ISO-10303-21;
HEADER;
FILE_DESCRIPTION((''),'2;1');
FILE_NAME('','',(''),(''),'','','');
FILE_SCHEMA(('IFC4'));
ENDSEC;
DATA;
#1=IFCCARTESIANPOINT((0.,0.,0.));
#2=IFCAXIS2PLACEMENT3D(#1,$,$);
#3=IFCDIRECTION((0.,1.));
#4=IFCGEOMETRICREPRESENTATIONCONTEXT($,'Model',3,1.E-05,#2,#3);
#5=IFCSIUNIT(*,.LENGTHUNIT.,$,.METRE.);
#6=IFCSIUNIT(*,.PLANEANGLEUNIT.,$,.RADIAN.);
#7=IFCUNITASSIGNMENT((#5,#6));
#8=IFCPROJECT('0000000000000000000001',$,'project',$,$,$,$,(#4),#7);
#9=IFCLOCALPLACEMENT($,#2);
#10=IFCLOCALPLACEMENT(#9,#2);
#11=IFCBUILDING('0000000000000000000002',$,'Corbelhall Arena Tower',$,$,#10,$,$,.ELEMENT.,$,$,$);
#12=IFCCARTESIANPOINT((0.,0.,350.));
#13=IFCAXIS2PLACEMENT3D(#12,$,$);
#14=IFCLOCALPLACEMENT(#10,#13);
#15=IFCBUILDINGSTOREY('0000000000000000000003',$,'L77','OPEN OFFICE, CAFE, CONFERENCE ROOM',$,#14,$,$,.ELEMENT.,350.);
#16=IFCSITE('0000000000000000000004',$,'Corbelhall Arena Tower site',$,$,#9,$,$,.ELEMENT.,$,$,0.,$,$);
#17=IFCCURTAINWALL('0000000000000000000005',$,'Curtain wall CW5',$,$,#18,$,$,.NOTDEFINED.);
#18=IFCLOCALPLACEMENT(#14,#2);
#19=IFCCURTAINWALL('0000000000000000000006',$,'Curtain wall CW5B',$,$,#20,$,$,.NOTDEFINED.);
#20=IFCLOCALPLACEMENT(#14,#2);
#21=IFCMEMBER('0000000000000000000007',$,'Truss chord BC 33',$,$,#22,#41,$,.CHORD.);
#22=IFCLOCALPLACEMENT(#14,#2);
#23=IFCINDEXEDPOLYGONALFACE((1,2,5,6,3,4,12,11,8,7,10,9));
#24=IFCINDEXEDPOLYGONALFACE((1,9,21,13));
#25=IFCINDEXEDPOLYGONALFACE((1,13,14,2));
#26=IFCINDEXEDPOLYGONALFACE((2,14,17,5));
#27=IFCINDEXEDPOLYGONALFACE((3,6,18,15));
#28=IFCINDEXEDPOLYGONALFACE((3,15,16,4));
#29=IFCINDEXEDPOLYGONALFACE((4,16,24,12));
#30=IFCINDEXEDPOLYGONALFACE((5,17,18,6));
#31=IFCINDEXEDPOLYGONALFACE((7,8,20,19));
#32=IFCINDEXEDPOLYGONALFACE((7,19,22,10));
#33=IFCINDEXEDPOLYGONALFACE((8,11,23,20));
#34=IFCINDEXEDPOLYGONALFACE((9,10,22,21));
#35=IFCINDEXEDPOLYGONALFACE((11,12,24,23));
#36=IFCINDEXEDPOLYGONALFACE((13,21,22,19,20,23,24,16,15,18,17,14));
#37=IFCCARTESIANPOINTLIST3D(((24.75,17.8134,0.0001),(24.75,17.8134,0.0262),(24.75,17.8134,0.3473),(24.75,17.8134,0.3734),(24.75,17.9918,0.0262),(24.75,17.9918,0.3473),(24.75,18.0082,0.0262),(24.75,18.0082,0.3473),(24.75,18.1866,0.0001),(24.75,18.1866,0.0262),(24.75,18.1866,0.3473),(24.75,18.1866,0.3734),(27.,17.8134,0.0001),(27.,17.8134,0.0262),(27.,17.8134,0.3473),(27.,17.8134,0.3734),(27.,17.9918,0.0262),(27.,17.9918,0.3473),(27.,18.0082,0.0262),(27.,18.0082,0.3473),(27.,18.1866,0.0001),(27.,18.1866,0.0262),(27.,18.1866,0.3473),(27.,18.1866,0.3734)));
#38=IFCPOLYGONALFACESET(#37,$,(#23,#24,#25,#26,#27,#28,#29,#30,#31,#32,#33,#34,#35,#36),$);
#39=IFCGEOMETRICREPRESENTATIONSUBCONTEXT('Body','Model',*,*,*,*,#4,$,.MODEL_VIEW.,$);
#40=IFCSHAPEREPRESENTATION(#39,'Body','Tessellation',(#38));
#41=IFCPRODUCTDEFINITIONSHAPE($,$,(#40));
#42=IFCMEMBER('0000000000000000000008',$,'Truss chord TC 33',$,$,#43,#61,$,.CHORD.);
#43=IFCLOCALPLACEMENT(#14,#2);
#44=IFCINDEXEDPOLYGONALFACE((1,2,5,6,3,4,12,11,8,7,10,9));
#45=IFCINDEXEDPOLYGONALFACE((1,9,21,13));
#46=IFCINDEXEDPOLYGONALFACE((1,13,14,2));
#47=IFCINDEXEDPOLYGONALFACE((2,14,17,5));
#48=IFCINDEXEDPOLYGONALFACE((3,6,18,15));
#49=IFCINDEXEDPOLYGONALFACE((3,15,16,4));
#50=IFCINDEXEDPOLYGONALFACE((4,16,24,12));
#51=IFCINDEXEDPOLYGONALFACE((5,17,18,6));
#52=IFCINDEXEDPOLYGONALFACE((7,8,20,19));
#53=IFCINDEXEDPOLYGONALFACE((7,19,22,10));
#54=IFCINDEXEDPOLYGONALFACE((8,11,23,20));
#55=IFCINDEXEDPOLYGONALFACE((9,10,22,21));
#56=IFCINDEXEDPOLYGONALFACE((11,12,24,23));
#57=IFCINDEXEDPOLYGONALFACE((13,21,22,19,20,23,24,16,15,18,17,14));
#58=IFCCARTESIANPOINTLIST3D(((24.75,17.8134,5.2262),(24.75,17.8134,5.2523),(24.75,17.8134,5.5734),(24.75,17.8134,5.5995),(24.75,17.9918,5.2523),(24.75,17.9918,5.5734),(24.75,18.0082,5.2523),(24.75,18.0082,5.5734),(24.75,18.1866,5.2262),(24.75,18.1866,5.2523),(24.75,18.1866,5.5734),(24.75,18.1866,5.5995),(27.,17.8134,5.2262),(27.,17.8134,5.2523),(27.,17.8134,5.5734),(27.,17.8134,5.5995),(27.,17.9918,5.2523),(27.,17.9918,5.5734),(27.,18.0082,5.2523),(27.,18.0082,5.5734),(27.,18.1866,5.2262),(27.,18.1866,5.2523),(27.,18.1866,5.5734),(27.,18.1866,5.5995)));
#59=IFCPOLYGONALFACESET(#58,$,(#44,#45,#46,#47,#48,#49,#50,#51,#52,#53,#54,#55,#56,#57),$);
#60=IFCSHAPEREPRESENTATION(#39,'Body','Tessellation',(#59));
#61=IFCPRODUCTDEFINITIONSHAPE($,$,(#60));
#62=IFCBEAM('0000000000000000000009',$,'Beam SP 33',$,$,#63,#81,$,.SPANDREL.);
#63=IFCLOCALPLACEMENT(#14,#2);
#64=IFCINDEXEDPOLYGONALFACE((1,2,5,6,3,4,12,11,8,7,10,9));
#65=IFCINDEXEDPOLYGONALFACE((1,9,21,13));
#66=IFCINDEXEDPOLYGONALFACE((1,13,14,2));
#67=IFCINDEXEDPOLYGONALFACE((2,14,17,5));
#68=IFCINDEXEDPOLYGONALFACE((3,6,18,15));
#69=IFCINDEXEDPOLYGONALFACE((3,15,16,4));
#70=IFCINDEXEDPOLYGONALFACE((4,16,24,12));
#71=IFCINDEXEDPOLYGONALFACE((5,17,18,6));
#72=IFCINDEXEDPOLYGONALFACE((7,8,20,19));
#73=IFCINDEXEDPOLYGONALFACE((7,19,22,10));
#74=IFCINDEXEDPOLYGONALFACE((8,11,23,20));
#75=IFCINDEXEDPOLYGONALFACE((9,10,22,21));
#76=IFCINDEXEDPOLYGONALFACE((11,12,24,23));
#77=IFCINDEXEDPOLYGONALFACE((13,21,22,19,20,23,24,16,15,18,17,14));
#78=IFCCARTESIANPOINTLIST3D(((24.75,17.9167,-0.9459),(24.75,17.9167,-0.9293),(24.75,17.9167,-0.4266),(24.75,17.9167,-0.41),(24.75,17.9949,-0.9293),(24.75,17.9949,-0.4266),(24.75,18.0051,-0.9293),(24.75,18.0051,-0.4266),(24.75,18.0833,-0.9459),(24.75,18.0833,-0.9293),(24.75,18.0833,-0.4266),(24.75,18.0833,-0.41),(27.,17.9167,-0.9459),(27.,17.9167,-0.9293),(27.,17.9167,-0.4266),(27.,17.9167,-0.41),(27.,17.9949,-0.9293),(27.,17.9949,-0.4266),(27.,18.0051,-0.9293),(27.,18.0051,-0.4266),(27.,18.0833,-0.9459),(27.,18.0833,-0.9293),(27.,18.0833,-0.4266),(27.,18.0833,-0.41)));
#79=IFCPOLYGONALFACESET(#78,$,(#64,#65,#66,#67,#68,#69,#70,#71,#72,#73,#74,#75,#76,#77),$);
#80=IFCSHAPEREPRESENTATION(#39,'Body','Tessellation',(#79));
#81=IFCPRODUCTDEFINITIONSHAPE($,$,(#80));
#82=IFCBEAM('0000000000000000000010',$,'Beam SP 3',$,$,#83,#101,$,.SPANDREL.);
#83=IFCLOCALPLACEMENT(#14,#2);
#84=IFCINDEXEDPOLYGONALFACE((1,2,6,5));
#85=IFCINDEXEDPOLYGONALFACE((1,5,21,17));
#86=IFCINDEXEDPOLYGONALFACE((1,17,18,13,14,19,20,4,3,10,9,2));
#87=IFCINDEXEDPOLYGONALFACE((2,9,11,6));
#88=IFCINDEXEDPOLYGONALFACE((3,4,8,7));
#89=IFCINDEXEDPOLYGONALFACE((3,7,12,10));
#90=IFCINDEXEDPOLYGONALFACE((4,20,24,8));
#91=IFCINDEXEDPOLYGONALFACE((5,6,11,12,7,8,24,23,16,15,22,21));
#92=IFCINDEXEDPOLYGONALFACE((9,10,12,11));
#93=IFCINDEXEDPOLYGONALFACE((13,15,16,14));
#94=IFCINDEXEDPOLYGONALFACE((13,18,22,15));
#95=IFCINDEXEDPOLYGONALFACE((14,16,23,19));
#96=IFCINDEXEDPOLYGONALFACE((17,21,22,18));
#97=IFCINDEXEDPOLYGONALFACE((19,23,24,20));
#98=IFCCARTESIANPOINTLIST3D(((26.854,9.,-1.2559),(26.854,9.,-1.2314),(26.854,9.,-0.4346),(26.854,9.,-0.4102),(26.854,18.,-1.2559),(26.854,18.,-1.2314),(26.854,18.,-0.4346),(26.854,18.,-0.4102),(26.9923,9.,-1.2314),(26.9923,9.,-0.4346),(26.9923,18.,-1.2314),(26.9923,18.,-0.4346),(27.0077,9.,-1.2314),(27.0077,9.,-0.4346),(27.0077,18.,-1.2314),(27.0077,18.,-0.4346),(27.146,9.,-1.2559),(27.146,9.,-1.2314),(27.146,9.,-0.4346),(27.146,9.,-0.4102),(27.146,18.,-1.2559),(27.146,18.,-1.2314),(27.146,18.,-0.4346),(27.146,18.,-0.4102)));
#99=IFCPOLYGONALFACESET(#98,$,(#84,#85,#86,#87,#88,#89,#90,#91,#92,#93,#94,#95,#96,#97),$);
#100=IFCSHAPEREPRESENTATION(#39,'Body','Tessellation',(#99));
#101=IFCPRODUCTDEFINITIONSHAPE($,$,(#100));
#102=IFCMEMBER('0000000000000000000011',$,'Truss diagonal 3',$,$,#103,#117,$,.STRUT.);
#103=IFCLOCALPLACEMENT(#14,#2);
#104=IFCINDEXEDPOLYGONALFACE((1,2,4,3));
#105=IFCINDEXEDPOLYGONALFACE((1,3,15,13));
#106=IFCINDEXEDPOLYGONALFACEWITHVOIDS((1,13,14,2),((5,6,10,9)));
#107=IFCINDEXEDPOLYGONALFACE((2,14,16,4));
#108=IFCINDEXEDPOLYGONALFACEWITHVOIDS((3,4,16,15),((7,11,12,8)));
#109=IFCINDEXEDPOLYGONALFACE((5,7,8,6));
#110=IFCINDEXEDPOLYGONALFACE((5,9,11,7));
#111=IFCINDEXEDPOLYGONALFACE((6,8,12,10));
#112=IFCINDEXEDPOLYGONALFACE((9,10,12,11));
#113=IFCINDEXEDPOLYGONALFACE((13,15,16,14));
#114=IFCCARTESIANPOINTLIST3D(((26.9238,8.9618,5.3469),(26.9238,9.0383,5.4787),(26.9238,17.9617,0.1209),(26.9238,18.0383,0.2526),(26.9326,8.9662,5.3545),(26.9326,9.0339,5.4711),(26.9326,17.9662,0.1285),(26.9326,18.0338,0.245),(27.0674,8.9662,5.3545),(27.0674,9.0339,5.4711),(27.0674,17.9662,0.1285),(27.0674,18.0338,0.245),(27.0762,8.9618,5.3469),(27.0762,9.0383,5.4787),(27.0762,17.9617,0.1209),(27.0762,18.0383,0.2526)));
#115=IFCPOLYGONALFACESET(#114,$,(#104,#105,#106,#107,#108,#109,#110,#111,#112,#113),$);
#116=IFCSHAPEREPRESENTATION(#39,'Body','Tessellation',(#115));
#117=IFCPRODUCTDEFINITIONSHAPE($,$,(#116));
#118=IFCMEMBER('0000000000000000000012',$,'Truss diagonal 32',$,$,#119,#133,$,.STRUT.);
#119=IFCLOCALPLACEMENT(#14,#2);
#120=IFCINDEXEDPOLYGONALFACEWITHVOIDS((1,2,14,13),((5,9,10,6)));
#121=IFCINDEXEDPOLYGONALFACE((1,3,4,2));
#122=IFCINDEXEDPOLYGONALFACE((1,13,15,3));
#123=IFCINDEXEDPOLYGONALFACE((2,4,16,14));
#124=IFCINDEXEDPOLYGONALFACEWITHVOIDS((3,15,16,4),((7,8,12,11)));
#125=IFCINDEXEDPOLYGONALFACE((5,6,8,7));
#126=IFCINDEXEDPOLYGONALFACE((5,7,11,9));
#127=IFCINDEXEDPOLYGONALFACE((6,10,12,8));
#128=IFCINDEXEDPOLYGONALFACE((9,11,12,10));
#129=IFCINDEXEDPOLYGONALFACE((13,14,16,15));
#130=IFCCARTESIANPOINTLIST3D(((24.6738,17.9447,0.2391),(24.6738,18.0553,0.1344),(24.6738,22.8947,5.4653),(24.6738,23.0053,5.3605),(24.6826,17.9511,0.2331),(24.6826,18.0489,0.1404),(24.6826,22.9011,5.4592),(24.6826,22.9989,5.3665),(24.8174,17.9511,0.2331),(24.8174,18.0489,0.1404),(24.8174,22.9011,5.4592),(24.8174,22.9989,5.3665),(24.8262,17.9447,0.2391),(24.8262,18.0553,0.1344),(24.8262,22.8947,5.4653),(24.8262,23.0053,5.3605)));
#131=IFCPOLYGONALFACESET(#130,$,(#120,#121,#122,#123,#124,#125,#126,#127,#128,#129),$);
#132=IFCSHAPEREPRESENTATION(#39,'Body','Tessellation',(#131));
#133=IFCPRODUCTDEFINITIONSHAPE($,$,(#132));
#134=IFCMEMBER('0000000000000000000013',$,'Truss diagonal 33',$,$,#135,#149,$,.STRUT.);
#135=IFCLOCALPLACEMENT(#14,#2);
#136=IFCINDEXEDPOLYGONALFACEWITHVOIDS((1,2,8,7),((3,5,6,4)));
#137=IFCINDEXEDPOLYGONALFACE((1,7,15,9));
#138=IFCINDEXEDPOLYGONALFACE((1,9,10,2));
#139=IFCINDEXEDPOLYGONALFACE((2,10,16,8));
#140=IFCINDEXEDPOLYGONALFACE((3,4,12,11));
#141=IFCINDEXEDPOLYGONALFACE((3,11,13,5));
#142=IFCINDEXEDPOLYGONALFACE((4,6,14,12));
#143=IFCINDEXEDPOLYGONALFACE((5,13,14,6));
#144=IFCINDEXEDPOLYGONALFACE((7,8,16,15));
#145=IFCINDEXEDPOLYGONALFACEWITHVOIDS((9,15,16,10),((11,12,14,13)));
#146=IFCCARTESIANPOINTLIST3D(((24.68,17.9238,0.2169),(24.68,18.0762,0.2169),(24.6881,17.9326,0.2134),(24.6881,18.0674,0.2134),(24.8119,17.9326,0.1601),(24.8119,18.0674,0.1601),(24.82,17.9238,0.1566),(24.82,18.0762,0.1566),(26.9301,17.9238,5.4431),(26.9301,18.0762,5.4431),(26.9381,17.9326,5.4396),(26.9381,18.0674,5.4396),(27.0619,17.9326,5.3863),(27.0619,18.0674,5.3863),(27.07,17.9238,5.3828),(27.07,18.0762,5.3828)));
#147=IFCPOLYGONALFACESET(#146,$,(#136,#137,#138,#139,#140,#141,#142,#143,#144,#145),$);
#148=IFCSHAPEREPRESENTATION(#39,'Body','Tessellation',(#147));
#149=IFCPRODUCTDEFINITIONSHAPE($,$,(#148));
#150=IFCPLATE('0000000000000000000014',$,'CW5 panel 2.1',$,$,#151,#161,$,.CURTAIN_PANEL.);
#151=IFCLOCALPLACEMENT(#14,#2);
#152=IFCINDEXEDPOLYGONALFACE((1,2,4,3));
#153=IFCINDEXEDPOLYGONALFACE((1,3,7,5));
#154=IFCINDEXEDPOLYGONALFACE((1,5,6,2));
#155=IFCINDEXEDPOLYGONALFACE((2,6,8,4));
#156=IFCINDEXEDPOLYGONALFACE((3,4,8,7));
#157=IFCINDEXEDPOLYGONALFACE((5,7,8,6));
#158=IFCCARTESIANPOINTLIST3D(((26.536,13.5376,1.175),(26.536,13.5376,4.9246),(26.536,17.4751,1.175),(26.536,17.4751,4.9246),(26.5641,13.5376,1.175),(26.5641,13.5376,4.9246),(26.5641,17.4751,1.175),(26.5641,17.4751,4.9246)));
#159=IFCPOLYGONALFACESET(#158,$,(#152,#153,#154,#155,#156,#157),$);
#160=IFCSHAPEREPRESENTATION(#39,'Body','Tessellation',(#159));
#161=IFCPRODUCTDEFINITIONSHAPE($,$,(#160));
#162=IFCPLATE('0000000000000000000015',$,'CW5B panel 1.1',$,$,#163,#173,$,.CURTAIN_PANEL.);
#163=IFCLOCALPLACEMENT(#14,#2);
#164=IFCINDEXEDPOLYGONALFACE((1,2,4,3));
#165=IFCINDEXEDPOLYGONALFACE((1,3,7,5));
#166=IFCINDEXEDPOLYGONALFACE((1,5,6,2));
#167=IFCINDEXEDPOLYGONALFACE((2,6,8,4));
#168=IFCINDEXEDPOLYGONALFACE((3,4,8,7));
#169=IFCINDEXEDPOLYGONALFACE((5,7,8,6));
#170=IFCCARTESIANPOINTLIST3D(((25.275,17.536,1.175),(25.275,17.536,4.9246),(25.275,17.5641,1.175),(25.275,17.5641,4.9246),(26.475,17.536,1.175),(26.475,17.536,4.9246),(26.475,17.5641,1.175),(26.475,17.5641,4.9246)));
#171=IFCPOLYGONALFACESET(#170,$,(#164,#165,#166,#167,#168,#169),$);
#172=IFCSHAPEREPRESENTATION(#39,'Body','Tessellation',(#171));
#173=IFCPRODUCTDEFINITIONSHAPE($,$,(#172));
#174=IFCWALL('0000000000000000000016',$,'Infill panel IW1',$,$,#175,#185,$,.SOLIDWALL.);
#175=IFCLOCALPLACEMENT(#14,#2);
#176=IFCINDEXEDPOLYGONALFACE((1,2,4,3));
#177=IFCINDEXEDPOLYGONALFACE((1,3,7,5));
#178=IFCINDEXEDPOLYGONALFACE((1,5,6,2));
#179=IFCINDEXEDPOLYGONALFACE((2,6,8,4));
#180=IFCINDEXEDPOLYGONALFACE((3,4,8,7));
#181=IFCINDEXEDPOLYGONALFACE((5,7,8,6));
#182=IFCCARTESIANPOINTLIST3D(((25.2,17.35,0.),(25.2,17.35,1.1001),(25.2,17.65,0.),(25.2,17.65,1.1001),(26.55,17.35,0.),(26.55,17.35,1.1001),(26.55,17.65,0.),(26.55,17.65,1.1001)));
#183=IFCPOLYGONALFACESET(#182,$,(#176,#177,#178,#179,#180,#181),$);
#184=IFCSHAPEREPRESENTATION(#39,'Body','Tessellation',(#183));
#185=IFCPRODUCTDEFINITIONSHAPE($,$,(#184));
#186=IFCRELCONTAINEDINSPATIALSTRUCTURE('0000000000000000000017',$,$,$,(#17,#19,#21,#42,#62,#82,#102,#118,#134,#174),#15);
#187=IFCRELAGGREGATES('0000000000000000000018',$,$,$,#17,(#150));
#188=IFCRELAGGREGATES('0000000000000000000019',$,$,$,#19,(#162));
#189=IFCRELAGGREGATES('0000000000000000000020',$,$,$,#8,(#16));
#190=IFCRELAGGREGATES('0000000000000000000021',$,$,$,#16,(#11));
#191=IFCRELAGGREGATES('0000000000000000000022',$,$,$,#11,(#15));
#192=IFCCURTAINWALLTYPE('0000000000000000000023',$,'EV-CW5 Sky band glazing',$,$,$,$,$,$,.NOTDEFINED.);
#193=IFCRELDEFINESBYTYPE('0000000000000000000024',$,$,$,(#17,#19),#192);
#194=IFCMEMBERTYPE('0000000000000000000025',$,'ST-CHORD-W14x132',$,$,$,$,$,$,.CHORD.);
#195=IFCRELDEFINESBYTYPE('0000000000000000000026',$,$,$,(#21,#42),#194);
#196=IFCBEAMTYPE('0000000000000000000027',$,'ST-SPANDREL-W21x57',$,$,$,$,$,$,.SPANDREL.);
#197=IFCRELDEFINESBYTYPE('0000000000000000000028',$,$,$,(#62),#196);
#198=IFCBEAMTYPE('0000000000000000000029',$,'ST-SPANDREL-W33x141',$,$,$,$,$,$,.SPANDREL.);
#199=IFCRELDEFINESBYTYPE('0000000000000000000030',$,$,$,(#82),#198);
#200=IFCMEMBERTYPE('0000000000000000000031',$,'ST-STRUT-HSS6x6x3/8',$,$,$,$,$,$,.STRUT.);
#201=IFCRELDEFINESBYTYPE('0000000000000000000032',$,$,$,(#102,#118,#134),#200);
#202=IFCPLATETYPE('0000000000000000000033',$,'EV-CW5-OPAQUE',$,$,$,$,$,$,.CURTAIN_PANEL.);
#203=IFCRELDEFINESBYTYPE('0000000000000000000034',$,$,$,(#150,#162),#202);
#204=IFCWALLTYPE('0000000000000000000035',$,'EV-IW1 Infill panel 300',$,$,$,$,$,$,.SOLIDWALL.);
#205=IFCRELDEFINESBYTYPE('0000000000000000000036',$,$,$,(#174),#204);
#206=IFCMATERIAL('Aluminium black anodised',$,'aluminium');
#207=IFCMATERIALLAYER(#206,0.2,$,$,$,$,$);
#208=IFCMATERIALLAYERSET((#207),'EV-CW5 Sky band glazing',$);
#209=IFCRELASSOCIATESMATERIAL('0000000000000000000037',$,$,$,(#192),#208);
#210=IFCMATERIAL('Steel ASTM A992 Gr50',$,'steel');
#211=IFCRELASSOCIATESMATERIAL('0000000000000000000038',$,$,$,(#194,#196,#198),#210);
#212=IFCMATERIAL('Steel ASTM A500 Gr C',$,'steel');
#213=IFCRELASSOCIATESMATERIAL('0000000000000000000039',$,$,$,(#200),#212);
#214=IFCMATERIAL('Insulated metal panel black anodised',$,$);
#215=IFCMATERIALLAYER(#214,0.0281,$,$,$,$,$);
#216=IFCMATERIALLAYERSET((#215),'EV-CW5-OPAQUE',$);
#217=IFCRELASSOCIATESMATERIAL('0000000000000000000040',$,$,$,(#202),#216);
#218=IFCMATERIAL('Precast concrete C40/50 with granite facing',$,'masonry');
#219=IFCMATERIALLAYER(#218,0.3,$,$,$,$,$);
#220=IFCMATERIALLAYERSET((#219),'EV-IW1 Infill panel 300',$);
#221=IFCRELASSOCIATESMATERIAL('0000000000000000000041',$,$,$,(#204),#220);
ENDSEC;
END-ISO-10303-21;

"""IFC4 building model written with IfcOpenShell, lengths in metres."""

from ifc_helpers import new_model, si_unit, direction, frame, frame_2d, origin, origin_2d, place, context, subcontext, project, spatial, rectangle, hollow_rectangle, i_section, extrude, material, layer, layer_set, material_profile, profile_set, type_object, element, aggregate, save


model = new_model("IFC4")

# Units and contexts
model_context = context("Model", 3, precision=1e-05, world=origin(), true_north=direction((0.0, 1.0)))
body_context = subcontext(model_context, "Body", "Model", "MODEL_VIEW")
ifc_project = project(units=[si_unit("LENGTHUNIT", "METRE"), si_unit("PLANEANGLEUNIT", "RADIAN")], contexts=[model_context])

# Site, building, storey
site_placement = place(None, origin())
site = spatial("IfcSite", under=ifc_project, at=site_placement, Name="Corbelhall Arena Tower site", CompositionType="ELEMENT", RefElevation=0.0)
building_placement = place(site_placement, origin())
building = spatial("IfcBuilding", under=site, at=building_placement, Name="Corbelhall Arena Tower", CompositionType="ELEMENT")
storey_placement = place(building_placement, frame((0.0, 0.0, 350.0)))
storey = spatial("IfcBuildingStorey", under=building, at=storey_placement, Name="L77", Description="OPEN OFFICE, CAFE, CONFERENCE ROOM", CompositionType="ELEMENT", Elevation=350.0)

# Curtain wall
ifc_material_1 = material(Name="Aluminium black anodised", Category="aluminium")
ifc_layer_1 = layer(ifc_material_1, 0.2)
ifc_layer_set_1 = layer_set([ifc_layer_1], Name="EV-CW5 Sky band glazing")
curtain_wall_type = type_object("IfcCurtainWallType", Name="EV-CW5 Sky band glazing", PredefinedType="NOTDEFINED", material=ifc_layer_set_1)
curtain_wall_1_placement = place(storey_placement, origin())
curtain_wall_1 = element("IfcCurtainWall", 1, at=curtain_wall_1_placement, inside=storey, type_object=curtain_wall_type, Name="Curtain wall CW5", PredefinedType="NOTDEFINED")

# Curtain wall
curtain_wall_2_placement = place(storey_placement, origin())
curtain_wall_2 = element("IfcCurtainWall", 2, at=curtain_wall_2_placement, inside=storey, type_object=curtain_wall_type, Name="Curtain wall CW5B", PredefinedType="NOTDEFINED")

# Members
ifc_material_2 = material(Name="Steel ASTM A992 Gr50", Category="steel")
ifc_material_profile_1 = material_profile(ifc_material_2, i_section(OverallWidth=0.3733, OverallDepth=0.3733, WebThickness=0.0164, FlangeThickness=0.0261, at=origin_2d()))
ifc_profile_set_1 = profile_set([ifc_material_profile_1], Name="Steel ASTM A992 Gr50")
member_type_1 = type_object("IfcMemberType", Name="ST-CHORD-W14x132", PredefinedType="CHORD", material=ifc_profile_set_1)
for number, where, z_axis, x_axis, name in (
    (3, (24.75, 18.0, 0.1868), (1.0, 0.0, 0.0), (0.0, 1.0, 0.0), "Truss chord BC 33"),
    (4, (24.75, 18.0, 5.4128), (1.0, 0.0, 0.0), (0.0, 1.0, 0.0), "Truss chord TC 33"),
):
    element("IfcMember", number, at=place(storey_placement, frame(where, z_axis=z_axis, x_axis=x_axis)), inside=storey, type_object=member_type_1, Name=name, PredefinedType="CHORD", context=body_context, shape_type="SweptSolid", body=[
        extrude(i_section(OverallWidth=0.3733, OverallDepth=0.3733, WebThickness=0.0164, FlangeThickness=0.0261, at=origin_2d()), origin(), (0.0, 0.0, 1.0), 2.25),
    ])

# Beams
ifc_material_profile_2 = material_profile(ifc_material_2, i_section(OverallWidth=0.1665, OverallDepth=0.5359, WebThickness=0.0103, FlangeThickness=0.0166, at=origin_2d()))
ifc_profile_set_2 = profile_set([ifc_material_profile_2], Name="Steel ASTM A992 Gr50")
beam_type_1 = type_object("IfcBeamType", Name="ST-SPANDREL-W21x57", PredefinedType="SPANDREL", material=ifc_profile_set_2)
beam_1_placement = place(storey_placement, frame((24.75, 18.0, -0.678), z_axis=(1.0, 0.0, 0.0), x_axis=(0.0, 1.0, 0.0)))
element("IfcBeam", 5, at=beam_1_placement, inside=storey, type_object=beam_type_1, Name="Beam SP 33", PredefinedType="SPANDREL", context=body_context, shape_type="SweptSolid", body=[
    extrude(i_section(OverallWidth=0.1665, OverallDepth=0.5359, WebThickness=0.0103, FlangeThickness=0.0166, at=origin_2d()), origin(), (0.0, 0.0, 1.0), 2.25),
])
ifc_material_profile_3 = material_profile(ifc_material_2, i_section(OverallWidth=0.292, OverallDepth=0.8457, WebThickness=0.0154, FlangeThickness=0.0244, at=origin_2d()))
ifc_profile_set_3 = profile_set([ifc_material_profile_3], Name="Steel ASTM A992 Gr50")
beam_type_2 = type_object("IfcBeamType", Name="ST-SPANDREL-W33x141", PredefinedType="SPANDREL", material=ifc_profile_set_3)
beam_2_placement = place(storey_placement, frame((27.0, 18.0, -0.833), z_axis=(0.0, -1.0, 0.0), x_axis=(1.0, 0.0, 0.0)))
element("IfcBeam", 6, at=beam_2_placement, inside=storey, type_object=beam_type_2, Name="Beam SP 3", PredefinedType="SPANDREL", context=body_context, shape_type="SweptSolid", body=[
    extrude(i_section(OverallWidth=0.292, OverallDepth=0.8457, WebThickness=0.0154, FlangeThickness=0.0244, at=origin_2d()), origin(), (0.0, 0.0, 1.0), 9.0),
])

# Members
ifc_material_3 = material(Name="Steel ASTM A500 Gr C", Category="steel")
ifc_material_profile_4 = material_profile(ifc_material_3, hollow_rectangle(XDim=0.1523, YDim=0.1523, WallThickness=0.0088, at=origin_2d()))
ifc_profile_set_4 = profile_set([ifc_material_profile_4], Name="Steel ASTM A500 Gr C")
member_type_2 = type_object("IfcMemberType", Name="ST-STRUT-HSS6x6x3/8", PredefinedType="STRUT", material=ifc_profile_set_4)
member_1_placement = place(storey_placement, frame((27.0, 18.0, 0.1868), z_axis=(0.0, -0.864778, 0.502155), x_axis=(1.0, 0.0, 0.0)))
element("IfcMember", 7, at=member_1_placement, inside=storey, type_object=member_type_2, Name="Truss diagonal 3", PredefinedType="STRUT", context=body_context, shape_type="SweptSolid", body=[
    extrude(hollow_rectangle(XDim=0.1523, YDim=0.1523, WallThickness=0.0088, at=origin_2d()), origin(), (0.0, 0.0, 1.0), 10.4072),
])
member_2_placement = place(storey_placement, frame((24.75, 18.0, 0.1868), z_axis=(0.0, 0.687667, 0.726027), x_axis=(-1.0, 0.0, 0.0)))
element("IfcMember", 8, at=member_2_placement, inside=storey, type_object=member_type_2, Name="Truss diagonal 32", PredefinedType="STRUT", context=body_context, shape_type="SweptSolid", body=[
    extrude(hollow_rectangle(XDim=0.1523, YDim=0.1523, WallThickness=0.0088, at=origin_2d()), origin(), (0.0, 0.0, 1.0), 7.1982),
])
member_3_placement = place(storey_placement, frame((24.75, 18.0, 0.1868), z_axis=(0.395441, 0.0, 0.918491), x_axis=(0.0, 1.0, 0.0)))
element("IfcMember", 9, at=member_3_placement, inside=storey, type_object=member_type_2, Name="Truss diagonal 33", PredefinedType="STRUT", context=body_context, shape_type="SweptSolid", body=[
    extrude(hollow_rectangle(XDim=0.1523, YDim=0.1523, WallThickness=0.0088, at=origin_2d()), origin(), (0.0, 0.0, 1.0), 5.6899),
])

# Plates
ifc_material_4 = material(Name="Insulated metal panel black anodised")
ifc_layer_2 = layer(ifc_material_4, 0.0281)
ifc_layer_set_2 = layer_set([ifc_layer_2], Name="EV-CW5-OPAQUE")
plate_type = type_object("IfcPlateType", Name="EV-CW5-OPAQUE", PredefinedType="CURTAIN_PANEL", material=ifc_layer_set_2)
plate_1_placement = place(storey_placement, frame((26.55, 15.5063, 1.175), z_axis=(0.0, 0.0, 1.0), x_axis=(0.0, 1.0, 0.0)))
plate_1 = element("IfcPlate", 10, at=plate_1_placement, type_object=plate_type, Name="CW5 panel 2.1", PredefinedType="CURTAIN_PANEL", context=body_context, shape_type="SweptSolid", body=[
    extrude(rectangle(XDim=3.9375, YDim=0.0281, at=origin_2d()), origin(), (0.0, 0.0, 1.0), 3.7495),
])
aggregate(curtain_wall_1, [plate_1])
plate_2_placement = place(storey_placement, frame((25.875, 17.55, 1.175), z_axis=(0.0, 0.0, 1.0), x_axis=(-1.0, 0.0, 0.0)))
plate_2 = element("IfcPlate", 11, at=plate_2_placement, type_object=plate_type, Name="CW5B panel 1.1", PredefinedType="CURTAIN_PANEL", context=body_context, shape_type="SweptSolid", body=[
    extrude(rectangle(XDim=1.2, YDim=0.0281, at=origin_2d()), origin(), (0.0, 0.0, 1.0), 3.7495),
])
aggregate(curtain_wall_2, [plate_2])

# Wall
ifc_material_5 = material(Name="Precast concrete C40/50 with granite facing", Category="masonry")
ifc_layer_3 = layer(ifc_material_5, 0.3)
ifc_layer_set_3 = layer_set([ifc_layer_3], Name="EV-IW1 Infill panel 300")
wall_type = type_object("IfcWallType", Name="EV-IW1 Infill panel 300", PredefinedType="SOLIDWALL", material=ifc_layer_set_3)
wall_placement = place(storey_placement, frame((26.55, 17.5, 0.0), z_axis=(0.0, 0.0, 1.0), x_axis=(-1.0, 0.0, 0.0)))
element("IfcWall", 12, at=wall_placement, inside=storey, type_object=wall_type, Name="Infill panel IW1", PredefinedType="SOLIDWALL", context=body_context, shape_type="SweptSolid", body=[
    extrude(rectangle(XDim=1.3501, YDim=0.3, at=frame_2d((0.675, 0.0))), origin(), (0.0, 0.0, 1.0), 1.1001),
])

save(model, "model.ifc")
